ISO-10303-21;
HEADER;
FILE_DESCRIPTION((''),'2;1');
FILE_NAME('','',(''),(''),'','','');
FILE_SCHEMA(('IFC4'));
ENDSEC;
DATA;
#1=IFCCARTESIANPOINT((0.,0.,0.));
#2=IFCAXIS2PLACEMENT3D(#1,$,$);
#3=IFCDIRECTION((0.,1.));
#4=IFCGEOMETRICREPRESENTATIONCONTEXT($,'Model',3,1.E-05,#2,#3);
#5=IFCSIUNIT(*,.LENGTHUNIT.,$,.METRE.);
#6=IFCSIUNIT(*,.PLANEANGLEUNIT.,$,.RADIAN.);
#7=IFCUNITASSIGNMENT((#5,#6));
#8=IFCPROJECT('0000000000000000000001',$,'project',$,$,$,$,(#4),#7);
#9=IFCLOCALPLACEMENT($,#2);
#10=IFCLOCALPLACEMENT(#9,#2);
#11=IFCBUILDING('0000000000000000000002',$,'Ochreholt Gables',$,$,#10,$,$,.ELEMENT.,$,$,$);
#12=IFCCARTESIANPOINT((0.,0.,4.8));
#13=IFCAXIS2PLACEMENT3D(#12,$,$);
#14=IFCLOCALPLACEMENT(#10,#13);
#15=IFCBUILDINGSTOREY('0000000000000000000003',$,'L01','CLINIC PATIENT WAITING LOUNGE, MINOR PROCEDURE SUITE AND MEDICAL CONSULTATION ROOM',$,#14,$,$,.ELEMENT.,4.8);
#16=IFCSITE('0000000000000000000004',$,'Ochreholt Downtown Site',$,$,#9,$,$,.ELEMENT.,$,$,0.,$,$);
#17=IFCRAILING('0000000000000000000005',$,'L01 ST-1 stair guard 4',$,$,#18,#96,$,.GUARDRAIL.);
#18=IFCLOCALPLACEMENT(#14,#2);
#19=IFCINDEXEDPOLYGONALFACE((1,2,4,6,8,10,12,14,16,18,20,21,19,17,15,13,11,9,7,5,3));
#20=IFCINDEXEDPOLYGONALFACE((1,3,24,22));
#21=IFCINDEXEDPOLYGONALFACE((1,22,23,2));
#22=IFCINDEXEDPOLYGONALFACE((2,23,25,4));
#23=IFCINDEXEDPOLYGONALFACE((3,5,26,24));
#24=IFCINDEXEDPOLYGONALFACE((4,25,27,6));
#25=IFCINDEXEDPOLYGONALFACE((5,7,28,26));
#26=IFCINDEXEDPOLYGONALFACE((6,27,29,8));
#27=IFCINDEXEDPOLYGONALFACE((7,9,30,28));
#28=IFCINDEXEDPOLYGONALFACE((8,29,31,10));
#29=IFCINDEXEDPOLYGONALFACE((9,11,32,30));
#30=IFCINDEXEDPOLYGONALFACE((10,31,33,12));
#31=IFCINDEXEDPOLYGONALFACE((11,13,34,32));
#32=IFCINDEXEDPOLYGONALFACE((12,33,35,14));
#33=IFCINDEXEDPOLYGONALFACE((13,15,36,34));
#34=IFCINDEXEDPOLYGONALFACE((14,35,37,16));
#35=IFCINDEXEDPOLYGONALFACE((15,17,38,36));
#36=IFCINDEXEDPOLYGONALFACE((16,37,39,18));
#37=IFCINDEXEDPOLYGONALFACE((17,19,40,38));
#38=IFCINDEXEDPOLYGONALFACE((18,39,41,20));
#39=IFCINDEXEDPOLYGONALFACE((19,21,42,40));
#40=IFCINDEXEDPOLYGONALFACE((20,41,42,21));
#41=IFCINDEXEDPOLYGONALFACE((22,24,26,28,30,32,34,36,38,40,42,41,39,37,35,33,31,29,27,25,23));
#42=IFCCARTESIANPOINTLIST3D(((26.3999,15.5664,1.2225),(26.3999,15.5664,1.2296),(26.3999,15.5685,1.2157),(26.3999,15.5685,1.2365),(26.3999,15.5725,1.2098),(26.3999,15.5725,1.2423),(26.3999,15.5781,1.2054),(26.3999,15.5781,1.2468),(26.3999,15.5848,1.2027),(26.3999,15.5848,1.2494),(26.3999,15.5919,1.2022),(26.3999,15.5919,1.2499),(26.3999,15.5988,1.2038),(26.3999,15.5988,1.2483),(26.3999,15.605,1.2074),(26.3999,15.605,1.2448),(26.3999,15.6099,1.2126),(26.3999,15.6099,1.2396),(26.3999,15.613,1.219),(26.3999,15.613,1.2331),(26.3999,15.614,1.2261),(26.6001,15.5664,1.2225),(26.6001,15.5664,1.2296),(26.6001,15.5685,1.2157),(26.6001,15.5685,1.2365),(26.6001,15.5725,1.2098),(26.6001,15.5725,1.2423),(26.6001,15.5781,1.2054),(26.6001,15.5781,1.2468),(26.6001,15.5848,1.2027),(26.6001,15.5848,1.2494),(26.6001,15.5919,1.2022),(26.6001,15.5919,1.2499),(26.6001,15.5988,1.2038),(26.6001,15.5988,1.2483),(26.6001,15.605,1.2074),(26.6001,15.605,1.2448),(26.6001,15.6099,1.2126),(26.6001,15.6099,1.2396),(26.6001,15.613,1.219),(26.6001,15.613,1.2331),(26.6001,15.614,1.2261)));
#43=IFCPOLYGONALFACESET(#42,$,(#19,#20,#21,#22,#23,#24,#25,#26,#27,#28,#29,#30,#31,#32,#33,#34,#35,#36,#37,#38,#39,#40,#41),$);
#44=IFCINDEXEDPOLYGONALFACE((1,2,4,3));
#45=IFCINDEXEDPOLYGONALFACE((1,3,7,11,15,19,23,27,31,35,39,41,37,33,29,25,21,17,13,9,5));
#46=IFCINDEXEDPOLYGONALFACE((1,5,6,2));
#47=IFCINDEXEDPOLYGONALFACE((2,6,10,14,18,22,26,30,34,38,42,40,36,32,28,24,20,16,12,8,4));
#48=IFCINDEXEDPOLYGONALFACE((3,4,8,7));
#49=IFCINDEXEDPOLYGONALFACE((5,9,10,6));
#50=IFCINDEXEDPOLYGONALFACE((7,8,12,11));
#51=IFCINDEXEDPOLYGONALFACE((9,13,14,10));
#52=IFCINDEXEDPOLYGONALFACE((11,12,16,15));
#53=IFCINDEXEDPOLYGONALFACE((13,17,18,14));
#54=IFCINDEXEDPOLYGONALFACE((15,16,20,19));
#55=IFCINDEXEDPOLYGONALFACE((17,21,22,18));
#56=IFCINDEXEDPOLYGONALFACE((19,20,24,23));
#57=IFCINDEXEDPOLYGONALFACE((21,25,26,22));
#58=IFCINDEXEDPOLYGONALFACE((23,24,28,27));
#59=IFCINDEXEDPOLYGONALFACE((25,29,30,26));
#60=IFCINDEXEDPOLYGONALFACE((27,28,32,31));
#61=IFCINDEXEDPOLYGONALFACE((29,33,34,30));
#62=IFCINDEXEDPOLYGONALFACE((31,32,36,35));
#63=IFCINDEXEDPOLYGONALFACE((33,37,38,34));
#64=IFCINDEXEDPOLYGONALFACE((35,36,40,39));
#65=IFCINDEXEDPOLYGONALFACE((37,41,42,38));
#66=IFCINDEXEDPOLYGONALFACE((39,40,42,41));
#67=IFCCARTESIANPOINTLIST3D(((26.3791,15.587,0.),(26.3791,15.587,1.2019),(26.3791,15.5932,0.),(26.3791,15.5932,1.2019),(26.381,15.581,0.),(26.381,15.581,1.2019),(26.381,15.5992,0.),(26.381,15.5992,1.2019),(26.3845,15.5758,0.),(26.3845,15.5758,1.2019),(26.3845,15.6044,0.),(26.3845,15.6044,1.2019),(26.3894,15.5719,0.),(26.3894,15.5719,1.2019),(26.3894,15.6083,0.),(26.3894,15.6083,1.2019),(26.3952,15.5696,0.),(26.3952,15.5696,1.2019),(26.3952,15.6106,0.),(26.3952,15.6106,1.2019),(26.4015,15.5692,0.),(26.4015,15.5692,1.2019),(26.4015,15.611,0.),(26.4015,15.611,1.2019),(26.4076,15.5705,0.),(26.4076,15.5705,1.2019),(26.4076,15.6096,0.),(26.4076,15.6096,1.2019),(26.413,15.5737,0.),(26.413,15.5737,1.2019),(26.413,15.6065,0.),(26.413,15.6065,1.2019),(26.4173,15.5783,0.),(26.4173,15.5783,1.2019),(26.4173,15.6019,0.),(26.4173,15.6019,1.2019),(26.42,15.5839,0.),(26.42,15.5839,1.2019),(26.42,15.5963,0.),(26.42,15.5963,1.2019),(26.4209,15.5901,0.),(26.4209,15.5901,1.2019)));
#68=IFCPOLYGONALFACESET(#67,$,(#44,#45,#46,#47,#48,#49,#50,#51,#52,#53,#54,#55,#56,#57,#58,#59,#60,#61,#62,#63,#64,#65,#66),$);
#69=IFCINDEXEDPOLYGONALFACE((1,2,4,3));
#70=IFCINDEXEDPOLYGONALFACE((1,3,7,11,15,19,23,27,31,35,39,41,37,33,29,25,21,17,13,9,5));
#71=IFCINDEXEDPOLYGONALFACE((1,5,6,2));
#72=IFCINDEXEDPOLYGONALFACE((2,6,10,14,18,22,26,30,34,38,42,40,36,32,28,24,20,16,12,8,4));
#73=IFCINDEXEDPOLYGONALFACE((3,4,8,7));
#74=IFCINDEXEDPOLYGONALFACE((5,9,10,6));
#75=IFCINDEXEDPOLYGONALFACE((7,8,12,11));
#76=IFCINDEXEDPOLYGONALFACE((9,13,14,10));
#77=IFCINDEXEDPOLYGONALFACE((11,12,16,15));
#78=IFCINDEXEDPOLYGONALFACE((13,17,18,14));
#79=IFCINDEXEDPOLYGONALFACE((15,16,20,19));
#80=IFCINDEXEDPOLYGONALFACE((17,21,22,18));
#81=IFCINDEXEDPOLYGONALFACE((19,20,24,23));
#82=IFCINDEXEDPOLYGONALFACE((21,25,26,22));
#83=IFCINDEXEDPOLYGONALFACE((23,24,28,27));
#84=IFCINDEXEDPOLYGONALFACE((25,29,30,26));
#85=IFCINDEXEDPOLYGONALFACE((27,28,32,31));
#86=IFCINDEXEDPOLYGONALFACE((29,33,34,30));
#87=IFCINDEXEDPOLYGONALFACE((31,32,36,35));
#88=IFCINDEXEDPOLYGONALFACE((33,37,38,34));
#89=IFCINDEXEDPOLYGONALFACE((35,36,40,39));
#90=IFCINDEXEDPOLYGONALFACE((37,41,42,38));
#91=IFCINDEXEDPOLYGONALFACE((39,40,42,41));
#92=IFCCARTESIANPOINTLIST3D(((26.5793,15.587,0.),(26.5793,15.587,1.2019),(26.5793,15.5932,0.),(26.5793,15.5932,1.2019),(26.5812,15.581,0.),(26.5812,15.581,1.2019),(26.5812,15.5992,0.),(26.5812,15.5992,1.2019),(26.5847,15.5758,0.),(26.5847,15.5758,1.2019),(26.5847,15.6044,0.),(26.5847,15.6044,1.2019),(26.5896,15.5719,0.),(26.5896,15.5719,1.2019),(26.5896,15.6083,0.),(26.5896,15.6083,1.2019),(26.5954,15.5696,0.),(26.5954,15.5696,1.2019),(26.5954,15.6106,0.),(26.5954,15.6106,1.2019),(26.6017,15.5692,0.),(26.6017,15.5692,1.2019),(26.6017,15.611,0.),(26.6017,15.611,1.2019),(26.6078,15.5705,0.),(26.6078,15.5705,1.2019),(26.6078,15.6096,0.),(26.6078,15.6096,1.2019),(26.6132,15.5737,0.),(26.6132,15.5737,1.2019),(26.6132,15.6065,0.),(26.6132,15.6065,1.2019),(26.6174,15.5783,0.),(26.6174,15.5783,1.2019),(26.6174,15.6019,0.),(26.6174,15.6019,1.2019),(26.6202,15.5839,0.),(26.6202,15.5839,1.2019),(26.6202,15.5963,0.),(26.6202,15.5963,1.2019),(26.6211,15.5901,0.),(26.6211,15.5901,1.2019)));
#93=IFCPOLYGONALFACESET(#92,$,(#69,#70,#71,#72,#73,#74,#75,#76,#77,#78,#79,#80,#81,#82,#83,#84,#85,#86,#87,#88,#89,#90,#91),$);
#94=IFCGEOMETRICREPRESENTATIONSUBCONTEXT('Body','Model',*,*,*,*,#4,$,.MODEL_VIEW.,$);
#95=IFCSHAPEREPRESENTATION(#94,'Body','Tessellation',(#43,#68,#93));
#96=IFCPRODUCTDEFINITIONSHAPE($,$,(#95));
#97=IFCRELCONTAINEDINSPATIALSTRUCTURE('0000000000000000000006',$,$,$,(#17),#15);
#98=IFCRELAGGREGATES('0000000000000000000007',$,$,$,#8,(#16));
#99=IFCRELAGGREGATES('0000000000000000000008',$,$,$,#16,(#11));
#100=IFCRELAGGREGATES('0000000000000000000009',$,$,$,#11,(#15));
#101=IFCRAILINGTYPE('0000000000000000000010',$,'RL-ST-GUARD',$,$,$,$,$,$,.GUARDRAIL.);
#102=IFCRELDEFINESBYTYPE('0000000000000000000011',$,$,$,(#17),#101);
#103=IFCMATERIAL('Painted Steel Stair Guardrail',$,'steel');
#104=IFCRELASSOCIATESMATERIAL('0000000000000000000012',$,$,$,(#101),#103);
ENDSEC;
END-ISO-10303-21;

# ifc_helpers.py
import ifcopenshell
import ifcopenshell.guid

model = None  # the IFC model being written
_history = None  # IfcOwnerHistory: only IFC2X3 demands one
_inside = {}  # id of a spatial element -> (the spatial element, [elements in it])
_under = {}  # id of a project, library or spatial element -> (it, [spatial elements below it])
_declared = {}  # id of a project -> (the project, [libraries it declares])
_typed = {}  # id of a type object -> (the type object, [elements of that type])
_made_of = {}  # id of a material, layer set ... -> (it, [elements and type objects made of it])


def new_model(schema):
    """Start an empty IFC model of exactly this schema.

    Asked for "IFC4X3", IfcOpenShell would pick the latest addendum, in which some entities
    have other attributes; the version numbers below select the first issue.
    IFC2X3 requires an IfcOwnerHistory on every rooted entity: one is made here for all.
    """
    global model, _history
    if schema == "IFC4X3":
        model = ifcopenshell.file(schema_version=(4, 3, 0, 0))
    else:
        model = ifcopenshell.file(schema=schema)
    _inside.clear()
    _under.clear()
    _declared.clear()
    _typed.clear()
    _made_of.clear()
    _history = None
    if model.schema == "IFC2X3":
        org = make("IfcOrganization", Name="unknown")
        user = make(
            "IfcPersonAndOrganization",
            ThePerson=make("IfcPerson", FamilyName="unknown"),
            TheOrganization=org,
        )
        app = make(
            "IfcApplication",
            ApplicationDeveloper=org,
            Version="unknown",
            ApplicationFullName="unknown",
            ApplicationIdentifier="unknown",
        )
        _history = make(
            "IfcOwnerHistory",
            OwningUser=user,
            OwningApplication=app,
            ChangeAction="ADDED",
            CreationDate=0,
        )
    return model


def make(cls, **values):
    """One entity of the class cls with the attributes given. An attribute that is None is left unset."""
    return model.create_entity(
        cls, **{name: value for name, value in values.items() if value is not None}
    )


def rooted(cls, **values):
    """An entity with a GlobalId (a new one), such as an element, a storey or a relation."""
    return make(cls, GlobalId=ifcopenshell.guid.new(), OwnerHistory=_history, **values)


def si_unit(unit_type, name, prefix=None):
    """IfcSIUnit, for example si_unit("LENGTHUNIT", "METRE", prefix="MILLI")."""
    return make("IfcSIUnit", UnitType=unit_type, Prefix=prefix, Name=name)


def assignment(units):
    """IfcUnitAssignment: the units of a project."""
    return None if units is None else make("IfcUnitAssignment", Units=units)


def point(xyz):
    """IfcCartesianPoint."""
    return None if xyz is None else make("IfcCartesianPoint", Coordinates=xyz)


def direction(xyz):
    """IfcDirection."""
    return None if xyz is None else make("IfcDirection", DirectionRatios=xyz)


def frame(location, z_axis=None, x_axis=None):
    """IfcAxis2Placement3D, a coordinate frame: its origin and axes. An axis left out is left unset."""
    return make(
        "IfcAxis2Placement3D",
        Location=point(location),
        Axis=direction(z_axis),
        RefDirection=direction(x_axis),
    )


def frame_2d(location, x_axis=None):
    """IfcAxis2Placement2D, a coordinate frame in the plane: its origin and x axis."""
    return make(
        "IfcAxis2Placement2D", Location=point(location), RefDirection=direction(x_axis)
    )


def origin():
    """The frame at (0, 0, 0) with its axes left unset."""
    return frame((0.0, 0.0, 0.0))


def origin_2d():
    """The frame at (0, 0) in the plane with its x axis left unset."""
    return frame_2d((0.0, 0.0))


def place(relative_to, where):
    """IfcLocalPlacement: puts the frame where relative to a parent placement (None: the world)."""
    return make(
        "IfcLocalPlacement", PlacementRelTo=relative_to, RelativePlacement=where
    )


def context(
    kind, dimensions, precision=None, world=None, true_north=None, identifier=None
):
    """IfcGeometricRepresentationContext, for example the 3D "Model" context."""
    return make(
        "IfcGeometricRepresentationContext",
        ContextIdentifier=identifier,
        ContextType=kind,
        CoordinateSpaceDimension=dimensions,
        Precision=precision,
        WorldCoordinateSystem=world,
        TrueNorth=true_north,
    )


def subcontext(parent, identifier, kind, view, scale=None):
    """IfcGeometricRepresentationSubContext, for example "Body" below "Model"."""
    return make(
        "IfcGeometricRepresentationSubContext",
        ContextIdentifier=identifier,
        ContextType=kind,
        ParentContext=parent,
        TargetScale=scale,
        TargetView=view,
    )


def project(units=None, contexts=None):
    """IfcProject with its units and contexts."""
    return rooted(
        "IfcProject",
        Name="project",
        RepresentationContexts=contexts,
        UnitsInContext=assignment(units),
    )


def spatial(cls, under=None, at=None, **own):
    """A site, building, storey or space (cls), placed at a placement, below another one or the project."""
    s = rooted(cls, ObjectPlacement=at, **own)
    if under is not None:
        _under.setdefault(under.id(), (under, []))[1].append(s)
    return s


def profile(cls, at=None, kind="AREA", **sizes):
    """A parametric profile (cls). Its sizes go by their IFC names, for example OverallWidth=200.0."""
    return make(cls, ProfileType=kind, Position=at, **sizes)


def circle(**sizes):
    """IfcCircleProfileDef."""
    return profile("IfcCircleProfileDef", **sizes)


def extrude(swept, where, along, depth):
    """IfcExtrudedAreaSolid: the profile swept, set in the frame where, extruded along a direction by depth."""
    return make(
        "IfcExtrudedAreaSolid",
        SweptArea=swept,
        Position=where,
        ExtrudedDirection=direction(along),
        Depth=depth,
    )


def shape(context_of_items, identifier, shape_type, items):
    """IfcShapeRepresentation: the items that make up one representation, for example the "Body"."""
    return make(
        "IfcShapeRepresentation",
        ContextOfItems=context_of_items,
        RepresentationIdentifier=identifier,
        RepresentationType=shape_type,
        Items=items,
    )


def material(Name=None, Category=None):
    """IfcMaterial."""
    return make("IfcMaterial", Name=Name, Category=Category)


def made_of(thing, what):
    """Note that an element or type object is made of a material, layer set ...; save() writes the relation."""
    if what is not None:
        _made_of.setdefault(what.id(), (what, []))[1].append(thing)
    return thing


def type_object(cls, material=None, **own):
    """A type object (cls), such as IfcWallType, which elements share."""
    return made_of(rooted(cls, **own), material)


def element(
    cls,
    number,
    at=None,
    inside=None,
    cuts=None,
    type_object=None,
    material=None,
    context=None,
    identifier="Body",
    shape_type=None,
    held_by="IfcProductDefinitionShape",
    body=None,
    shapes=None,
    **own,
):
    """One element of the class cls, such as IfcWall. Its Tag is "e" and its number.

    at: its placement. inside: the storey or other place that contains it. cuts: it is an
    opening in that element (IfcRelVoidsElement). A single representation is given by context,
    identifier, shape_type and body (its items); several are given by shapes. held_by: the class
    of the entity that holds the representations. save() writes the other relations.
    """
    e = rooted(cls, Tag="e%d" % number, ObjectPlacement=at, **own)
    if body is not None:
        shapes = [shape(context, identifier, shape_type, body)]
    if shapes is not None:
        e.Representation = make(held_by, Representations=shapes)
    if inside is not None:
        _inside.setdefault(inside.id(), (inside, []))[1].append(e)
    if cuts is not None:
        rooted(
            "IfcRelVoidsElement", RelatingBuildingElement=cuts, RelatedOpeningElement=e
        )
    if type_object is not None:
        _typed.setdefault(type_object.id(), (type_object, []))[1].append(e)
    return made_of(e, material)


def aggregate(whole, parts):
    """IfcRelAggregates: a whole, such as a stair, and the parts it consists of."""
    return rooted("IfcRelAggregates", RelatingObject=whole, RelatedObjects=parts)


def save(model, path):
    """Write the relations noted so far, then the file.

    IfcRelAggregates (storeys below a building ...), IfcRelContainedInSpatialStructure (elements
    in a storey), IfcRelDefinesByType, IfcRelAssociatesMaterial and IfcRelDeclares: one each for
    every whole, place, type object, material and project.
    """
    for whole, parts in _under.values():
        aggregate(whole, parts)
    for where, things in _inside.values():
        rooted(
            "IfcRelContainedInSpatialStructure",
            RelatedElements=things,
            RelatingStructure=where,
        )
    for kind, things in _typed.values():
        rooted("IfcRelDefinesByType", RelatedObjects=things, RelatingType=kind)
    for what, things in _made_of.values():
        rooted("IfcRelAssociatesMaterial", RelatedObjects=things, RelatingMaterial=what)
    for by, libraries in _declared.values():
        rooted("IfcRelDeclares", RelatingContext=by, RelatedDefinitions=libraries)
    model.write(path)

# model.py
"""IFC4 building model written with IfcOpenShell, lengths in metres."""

from ifc_helpers import new_model, si_unit, direction, frame, origin, origin_2d, place, context, subcontext, project, spatial, circle, extrude, material, type_object, element, save


model = new_model("IFC4")

# Units and contexts
model_context = context("Model", 3, precision=1e-05, world=origin(), true_north=direction((0.0, 1.0)))
body_context = subcontext(model_context, "Body", "Model", "MODEL_VIEW")
ifc_project = project(units=[si_unit("LENGTHUNIT", "METRE"), si_unit("PLANEANGLEUNIT", "RADIAN")], contexts=[model_context])

# Site, building, storey
site_placement = place(None, origin())
site = spatial("IfcSite", under=ifc_project, at=site_placement, Name="Ochreholt Downtown Site", CompositionType="ELEMENT", RefElevation=0.0)
building_placement = place(site_placement, origin())
building = spatial("IfcBuilding", under=site, at=building_placement, Name="Ochreholt Gables", CompositionType="ELEMENT")
storey_placement = place(building_placement, frame((0.0, 0.0, 4.8)))
storey = spatial("IfcBuildingStorey", under=building, at=storey_placement, Name="L01", Description="CLINIC PATIENT WAITING LOUNGE, MINOR PROCEDURE SUITE AND MEDICAL CONSULTATION ROOM", CompositionType="ELEMENT", Elevation=4.8)

# Railing
ifc_material_1 = material(Name="Painted Steel Stair Guardrail", Category="steel")
railing_type_1 = type_object("IfcRailingType", Name="RL-ST-GUARD", PredefinedType="GUARDRAIL", material=ifc_material_1)
railing_1_placement = place(storey_placement, frame((26.3999, 15.5901, 0.0)))
element("IfcRailing", 1, at=railing_1_placement, inside=storey, type_object=railing_type_1, Name="L01 ST-1 stair guard 4", PredefinedType="GUARDRAIL", context=body_context, shape_type="SweptSolid", body=[
    extrude(circle(Radius=0.0239, at=origin_2d()), frame((0.0, 0.0, 1.2261), z_axis=(1.0, 0.0, 0.0), x_axis=(0.0, 1.0, 0.0)), (0.0, 0.0, 1.0), 0.2002),
    extrude(circle(Radius=0.021, at=origin_2d()), origin(), (0.0, 0.0, 1.0), 1.2019),
    extrude(circle(Radius=0.021, at=origin_2d()), frame((0.2002, 0.0, 0.0)), (0.0, 0.0, 1.0), 1.2019),
])

save(model, "model.ifc")
